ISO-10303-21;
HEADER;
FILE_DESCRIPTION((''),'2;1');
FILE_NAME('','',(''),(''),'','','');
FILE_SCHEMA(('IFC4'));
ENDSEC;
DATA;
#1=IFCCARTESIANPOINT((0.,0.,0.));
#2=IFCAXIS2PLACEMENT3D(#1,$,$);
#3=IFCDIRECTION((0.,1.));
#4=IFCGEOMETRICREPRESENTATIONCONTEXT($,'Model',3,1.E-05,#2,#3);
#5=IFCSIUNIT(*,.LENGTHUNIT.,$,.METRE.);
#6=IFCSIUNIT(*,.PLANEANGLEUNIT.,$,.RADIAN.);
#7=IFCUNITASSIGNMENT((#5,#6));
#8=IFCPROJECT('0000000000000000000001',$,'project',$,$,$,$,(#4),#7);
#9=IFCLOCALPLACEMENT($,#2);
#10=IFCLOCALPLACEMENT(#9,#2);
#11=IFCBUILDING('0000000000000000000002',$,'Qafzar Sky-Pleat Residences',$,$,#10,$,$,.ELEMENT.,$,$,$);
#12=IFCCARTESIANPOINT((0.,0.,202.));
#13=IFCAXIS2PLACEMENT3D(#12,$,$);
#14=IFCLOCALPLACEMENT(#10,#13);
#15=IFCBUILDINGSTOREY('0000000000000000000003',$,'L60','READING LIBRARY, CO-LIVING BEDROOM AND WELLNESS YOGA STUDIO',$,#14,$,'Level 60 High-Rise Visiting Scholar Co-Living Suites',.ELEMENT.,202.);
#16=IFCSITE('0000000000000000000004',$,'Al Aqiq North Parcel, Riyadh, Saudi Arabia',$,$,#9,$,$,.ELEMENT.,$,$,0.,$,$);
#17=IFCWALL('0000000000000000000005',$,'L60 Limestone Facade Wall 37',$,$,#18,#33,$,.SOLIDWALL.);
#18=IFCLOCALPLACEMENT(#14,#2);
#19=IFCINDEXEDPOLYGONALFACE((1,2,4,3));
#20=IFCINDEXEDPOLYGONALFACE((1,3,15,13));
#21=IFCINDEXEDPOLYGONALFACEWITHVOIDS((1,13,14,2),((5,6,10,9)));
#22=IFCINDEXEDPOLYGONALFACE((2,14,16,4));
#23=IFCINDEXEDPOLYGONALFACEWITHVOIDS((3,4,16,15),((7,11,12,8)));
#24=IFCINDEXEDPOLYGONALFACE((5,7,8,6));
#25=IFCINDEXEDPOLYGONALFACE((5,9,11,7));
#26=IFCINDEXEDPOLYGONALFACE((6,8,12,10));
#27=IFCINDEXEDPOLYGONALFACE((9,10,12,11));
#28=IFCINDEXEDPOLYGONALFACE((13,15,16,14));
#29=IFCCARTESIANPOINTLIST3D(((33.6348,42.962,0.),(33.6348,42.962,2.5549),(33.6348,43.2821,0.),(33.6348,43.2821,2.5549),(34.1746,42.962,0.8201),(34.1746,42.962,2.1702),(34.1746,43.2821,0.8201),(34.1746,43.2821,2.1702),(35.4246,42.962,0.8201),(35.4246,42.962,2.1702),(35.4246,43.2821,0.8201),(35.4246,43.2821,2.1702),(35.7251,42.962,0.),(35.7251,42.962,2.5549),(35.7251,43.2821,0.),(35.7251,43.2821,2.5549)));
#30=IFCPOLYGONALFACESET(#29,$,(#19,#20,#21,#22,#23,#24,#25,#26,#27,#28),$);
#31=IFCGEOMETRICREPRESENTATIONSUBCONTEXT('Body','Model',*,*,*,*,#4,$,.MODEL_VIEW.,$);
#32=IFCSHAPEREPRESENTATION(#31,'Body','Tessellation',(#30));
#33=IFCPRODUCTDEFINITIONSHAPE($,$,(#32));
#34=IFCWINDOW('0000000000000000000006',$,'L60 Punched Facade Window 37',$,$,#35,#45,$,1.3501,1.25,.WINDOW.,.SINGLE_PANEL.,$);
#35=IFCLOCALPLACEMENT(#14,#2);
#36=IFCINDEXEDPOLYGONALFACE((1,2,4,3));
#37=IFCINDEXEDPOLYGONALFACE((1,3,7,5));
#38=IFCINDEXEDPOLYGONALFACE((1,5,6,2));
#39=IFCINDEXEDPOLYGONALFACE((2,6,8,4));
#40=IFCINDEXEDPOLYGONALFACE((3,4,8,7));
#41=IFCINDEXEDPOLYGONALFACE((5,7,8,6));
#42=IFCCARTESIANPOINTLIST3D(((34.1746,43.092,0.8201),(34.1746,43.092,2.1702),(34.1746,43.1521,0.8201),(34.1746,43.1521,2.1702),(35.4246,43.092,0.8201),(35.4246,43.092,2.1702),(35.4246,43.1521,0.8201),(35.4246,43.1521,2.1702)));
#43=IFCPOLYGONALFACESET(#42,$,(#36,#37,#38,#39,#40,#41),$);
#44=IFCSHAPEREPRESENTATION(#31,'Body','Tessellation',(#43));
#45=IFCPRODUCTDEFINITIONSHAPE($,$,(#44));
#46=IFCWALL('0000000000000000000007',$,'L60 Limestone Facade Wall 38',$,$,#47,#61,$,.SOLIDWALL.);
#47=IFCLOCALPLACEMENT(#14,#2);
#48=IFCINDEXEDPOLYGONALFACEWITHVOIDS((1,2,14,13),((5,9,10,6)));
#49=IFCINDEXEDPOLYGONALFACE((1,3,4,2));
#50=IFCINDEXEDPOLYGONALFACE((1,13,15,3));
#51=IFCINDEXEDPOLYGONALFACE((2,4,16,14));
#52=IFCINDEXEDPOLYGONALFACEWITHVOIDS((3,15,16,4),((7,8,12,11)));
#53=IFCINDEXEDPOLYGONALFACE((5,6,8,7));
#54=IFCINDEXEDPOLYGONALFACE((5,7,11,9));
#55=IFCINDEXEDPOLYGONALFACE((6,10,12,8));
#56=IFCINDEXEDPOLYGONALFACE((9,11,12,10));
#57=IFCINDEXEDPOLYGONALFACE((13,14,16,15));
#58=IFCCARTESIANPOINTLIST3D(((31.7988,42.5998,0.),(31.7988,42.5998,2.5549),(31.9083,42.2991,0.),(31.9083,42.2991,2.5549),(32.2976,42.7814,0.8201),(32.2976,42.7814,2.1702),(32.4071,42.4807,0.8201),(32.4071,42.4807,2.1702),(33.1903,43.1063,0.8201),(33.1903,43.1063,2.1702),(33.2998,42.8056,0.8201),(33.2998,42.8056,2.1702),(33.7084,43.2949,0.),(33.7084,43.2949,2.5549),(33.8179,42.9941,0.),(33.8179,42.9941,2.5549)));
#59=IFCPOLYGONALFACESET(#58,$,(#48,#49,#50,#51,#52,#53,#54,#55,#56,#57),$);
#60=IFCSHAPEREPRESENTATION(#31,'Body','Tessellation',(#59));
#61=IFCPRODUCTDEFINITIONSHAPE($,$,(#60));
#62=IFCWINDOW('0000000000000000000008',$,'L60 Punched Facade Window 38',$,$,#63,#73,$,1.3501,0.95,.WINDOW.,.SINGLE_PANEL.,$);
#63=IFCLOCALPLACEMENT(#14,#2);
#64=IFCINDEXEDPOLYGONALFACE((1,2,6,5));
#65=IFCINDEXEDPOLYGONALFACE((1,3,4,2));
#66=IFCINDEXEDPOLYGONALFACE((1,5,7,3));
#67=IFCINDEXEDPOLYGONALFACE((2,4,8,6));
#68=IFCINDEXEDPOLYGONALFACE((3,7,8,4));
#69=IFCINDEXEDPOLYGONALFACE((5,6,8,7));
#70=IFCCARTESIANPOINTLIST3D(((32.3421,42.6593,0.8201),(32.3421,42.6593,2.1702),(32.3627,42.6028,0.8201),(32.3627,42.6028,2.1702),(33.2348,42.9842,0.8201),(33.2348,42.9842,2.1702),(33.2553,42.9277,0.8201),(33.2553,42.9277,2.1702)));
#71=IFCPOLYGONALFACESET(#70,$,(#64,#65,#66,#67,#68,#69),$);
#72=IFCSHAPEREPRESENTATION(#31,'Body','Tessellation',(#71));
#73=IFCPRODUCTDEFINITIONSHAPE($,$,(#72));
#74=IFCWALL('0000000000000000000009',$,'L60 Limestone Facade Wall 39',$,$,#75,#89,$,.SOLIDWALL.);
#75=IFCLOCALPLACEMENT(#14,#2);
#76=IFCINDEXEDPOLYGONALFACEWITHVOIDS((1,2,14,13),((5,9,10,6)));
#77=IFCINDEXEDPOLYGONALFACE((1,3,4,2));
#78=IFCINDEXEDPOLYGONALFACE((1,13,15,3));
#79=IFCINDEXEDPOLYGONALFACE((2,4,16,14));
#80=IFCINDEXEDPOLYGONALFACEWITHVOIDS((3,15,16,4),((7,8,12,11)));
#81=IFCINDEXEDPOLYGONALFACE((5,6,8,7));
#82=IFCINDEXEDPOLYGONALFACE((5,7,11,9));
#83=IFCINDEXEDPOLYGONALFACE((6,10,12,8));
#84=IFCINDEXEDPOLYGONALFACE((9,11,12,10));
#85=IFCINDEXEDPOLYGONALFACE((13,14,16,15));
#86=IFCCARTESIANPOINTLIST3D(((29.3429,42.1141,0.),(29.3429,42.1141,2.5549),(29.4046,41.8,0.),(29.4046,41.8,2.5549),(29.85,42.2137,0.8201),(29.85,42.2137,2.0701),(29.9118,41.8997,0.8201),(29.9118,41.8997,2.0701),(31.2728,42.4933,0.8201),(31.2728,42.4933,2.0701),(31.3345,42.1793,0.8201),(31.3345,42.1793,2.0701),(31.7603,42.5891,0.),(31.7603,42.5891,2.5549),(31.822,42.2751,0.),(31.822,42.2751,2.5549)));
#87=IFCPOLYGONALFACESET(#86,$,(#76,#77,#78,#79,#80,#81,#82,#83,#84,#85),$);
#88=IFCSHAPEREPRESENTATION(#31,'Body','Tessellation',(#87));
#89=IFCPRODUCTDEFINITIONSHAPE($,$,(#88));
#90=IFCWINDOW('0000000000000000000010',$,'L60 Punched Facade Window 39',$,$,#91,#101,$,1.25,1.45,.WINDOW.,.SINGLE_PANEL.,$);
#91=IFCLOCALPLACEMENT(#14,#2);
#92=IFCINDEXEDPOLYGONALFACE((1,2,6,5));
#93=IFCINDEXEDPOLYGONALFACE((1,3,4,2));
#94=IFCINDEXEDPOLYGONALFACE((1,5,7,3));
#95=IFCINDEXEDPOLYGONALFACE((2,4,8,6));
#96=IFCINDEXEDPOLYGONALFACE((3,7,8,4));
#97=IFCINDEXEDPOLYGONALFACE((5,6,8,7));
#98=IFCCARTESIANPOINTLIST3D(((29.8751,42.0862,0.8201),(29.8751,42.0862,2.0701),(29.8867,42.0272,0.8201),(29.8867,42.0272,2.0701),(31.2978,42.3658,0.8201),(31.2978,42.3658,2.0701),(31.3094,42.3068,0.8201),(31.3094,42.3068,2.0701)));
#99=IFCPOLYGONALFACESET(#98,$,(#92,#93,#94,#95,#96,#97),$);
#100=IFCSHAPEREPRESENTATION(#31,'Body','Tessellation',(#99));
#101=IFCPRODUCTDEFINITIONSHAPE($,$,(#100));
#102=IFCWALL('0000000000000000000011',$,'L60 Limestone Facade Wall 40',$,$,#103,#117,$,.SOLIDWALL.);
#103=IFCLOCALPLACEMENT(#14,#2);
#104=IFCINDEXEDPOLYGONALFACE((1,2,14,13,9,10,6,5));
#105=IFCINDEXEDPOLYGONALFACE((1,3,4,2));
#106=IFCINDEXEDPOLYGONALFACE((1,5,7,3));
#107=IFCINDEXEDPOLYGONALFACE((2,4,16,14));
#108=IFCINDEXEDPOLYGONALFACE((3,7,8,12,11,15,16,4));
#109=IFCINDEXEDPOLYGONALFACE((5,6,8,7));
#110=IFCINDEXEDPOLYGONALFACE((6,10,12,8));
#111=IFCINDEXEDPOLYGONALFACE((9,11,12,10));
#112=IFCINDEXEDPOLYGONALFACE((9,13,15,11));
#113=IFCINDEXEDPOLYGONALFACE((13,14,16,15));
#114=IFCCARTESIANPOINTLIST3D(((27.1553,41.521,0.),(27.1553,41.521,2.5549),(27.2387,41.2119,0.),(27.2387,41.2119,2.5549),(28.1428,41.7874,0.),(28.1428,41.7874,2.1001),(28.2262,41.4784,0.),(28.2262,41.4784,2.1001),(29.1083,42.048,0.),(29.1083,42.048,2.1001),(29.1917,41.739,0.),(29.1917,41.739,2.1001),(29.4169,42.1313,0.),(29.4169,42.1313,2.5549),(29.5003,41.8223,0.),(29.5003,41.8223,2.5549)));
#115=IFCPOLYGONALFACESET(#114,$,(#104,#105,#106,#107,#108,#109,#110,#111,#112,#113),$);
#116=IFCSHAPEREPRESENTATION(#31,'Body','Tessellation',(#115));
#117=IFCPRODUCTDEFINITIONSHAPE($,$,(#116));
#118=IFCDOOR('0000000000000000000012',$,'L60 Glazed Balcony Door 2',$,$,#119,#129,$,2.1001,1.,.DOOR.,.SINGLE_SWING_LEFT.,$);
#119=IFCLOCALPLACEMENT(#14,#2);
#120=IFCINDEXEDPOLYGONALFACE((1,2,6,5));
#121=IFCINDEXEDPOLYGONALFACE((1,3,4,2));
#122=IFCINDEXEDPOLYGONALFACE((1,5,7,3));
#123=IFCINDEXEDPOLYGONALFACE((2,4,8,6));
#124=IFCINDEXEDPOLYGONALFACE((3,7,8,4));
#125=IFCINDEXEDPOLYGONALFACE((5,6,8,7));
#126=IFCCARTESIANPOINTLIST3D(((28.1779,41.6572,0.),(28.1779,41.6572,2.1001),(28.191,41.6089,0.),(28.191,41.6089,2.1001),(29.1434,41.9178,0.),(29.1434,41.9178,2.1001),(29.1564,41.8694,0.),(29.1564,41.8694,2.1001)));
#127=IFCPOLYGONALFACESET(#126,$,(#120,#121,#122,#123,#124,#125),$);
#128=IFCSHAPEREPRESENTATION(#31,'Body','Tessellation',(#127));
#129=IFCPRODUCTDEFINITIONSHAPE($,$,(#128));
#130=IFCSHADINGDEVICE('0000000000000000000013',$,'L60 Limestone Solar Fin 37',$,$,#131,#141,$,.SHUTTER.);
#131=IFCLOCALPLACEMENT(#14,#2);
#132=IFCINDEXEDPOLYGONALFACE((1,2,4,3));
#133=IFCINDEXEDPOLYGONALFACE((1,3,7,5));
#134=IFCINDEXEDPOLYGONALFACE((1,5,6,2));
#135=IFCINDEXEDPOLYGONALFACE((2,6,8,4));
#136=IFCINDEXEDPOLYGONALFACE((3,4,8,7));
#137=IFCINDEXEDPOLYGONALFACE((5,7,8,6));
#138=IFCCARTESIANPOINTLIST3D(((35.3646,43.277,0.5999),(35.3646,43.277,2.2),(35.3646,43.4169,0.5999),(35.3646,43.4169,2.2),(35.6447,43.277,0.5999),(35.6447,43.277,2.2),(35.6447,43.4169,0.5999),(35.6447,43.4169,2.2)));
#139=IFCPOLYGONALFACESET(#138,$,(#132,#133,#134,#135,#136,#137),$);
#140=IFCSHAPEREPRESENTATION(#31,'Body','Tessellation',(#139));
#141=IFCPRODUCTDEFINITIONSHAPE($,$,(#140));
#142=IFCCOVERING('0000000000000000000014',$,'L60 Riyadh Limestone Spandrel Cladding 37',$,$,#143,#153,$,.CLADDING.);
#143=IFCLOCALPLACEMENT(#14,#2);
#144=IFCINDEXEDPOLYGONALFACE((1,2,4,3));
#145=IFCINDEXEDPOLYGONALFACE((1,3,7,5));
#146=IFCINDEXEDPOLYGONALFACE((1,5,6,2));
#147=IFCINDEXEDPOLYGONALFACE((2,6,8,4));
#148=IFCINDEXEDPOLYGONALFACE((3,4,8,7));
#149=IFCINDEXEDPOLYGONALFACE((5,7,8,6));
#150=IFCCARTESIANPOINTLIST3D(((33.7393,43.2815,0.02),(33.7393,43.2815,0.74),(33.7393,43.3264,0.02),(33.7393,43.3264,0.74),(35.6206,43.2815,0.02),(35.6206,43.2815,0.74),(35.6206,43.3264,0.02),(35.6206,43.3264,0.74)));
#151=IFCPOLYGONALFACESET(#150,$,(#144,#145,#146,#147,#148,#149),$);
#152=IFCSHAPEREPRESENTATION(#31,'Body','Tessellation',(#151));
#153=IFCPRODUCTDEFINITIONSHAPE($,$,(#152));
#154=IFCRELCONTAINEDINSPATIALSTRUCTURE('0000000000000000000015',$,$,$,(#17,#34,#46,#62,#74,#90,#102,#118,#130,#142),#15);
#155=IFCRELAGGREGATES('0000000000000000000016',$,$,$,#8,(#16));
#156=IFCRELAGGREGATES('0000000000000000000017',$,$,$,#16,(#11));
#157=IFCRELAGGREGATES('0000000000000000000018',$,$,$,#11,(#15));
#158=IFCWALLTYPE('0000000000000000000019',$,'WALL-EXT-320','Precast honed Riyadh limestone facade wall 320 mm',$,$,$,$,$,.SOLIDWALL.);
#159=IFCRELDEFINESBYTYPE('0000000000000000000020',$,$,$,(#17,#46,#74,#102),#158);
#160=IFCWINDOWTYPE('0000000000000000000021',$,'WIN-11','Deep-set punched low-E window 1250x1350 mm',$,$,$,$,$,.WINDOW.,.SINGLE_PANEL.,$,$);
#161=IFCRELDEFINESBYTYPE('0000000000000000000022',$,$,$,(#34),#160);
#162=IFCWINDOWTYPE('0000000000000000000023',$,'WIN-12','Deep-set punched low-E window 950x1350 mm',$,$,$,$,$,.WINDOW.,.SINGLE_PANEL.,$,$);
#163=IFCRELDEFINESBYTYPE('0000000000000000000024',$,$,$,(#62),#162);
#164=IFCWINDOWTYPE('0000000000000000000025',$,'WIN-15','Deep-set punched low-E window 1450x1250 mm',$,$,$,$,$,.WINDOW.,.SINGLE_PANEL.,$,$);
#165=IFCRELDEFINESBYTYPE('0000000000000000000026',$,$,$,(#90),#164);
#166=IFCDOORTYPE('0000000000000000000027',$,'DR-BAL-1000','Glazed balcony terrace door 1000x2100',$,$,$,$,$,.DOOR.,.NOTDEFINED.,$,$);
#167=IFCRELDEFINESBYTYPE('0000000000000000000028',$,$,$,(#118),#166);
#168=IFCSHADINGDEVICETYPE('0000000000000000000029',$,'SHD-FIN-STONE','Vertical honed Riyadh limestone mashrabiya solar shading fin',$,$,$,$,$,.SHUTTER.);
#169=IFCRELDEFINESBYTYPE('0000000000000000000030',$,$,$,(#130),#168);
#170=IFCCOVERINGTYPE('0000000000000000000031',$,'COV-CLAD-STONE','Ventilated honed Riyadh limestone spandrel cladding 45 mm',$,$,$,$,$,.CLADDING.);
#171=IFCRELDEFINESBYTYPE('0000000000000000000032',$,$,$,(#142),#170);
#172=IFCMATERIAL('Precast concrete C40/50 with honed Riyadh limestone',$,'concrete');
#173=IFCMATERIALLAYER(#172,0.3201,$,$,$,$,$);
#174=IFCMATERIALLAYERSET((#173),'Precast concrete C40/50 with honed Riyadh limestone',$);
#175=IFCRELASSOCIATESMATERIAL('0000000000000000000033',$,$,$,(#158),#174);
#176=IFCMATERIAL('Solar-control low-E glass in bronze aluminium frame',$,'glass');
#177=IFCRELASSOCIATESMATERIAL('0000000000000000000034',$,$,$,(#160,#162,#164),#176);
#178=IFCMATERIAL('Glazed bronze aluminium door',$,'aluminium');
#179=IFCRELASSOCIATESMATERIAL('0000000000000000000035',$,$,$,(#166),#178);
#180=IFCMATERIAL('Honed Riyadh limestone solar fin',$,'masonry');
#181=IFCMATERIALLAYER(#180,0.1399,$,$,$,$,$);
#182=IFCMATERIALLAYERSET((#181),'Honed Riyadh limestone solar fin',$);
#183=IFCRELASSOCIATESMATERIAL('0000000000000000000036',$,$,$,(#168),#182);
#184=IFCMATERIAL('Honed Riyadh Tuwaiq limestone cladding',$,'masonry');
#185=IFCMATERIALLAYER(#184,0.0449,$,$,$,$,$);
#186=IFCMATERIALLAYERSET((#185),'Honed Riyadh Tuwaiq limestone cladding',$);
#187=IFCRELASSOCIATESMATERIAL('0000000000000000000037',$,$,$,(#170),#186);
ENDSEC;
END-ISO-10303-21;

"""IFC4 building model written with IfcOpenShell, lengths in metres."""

from ifc_helpers import new_model, si_unit, direction, frame, frame_2d, origin, origin_2d, place, context, subcontext, project, spatial, rectangle, extrude, source, transform, mapped, material, layer, layer_set, type_object, element, fill, save


model = new_model("IFC4")

# Units and contexts
model_context = context("Model", 3, precision=1e-05, world=origin(), true_north=direction((0.0, 1.0)))
body_context = subcontext(model_context, "Body", "Model", "MODEL_VIEW")
ifc_project = project(units=[si_unit("LENGTHUNIT", "METRE"), si_unit("PLANEANGLEUNIT", "RADIAN")], contexts=[model_context])

# Site, building, storey
site_placement = place(None, origin())
site = spatial("IfcSite", under=ifc_project, at=site_placement, Name="Al Aqiq North Parcel, Riyadh, Saudi Arabia", CompositionType="ELEMENT", RefElevation=0.0)
building_placement = place(site_placement, origin())
building = spatial("IfcBuilding", under=site, at=building_placement, Name="Qafzar Sky-Pleat Residences", CompositionType="ELEMENT")
storey_placement = place(building_placement, frame((0.0, 0.0, 202.0)))
storey = spatial("IfcBuildingStorey", under=building, at=storey_placement, Name="L60", Description="READING LIBRARY, CO-LIVING BEDROOM AND WELLNESS YOGA STUDIO", LongName="Level 60 High-Rise Visiting Scholar Co-Living Suites", CompositionType="ELEMENT", Elevation=202.0)

# Walls, openings, windows
ifc_material_1 = material(Name="Precast concrete C40/50 with honed Riyadh limestone", Category="concrete")
ifc_layer_1 = layer(ifc_material_1, 0.3201)
ifc_layer_set_1 = layer_set([ifc_layer_1], Name="Precast concrete C40/50 with honed Riyadh limestone")
wall_type_1 = type_object("IfcWallType", Name="WALL-EXT-320", Description="Precast honed Riyadh limestone facade wall 320 mm", PredefinedType="SOLIDWALL", material=ifc_layer_set_1)
ifc_material_2 = material(Name="Solar-control low-E glass in bronze aluminium frame", Category="glass")
wall_1_placement = place(storey_placement, frame((35.7251, 43.1221, 0.0), z_axis=(0.0, 0.0, 1.0), x_axis=(-1.0, 0.0, 0.0)))
wall_1 = element("IfcWall", 1, at=wall_1_placement, inside=storey, type_object=wall_type_1, Name="L60 Limestone Facade Wall 37", PredefinedType="SOLIDWALL", context=body_context, shape_type="SweptSolid", body=[
    extrude(rectangle(XDim=2.0903, YDim=0.3201, at=frame_2d((1.0452, 0.0))), origin(), (0.0, 0.0, 1.0), 2.5549),
])
opening_1_placement = place(wall_1_placement, frame((0.3005, 0.0, 0.8201)))
opening_1 = element("IfcOpeningElement", 2, at=opening_1_placement, cuts=wall_1, PredefinedType="OPENING", context=body_context, shape_type="SweptSolid", body=[
    extrude(rectangle(XDim=1.25, YDim=1.3501, at=frame_2d((0.625, 0.675))), frame((0.0, 0.1699, 0.0), z_axis=(0.0, -1.0, 0.0), x_axis=(1.0, 0.0, 0.0)), (0.0, 0.0, 1.0), 0.3401),
])
window_type_1 = type_object("IfcWindowType", Name="WIN-11", Description="Deep-set punched low-E window 1250x1350 mm", PartitioningType="SINGLE_PANEL", PredefinedType="WINDOW", material=ifc_material_2)
shared_shape_1 = source(origin(), body_context, "Body", "SweptSolid", [
    extrude(rectangle(XDim=1.25, YDim=1.3501, at=frame_2d((0.625, 0.675))), frame((0.0, 0.03, 0.0), z_axis=(0.0, -1.0, 0.0), x_axis=(1.0, 0.0, 0.0)), (0.0, 0.0, 1.0), 0.0601),
])
window_1_placement = place(opening_1_placement, origin())
window_1 = element("IfcWindow", 3, at=window_1_placement, inside=storey, type_object=window_type_1, Name="L60 Punched Facade Window 37", OverallHeight=1.3501, OverallWidth=1.25, PartitioningType="SINGLE_PANEL", PredefinedType="WINDOW", context=body_context, shape_type="MappedRepresentation", body=[
    mapped(shared_shape_1, transform((0.0, 0.0, 0.0), x_axis=(1.0, 0.0, 0.0), y_axis=(0.0, 1.0, 0.0), z_axis=(0.0, 0.0, 1.0), scale=1.0)),
])
fill(opening_1, window_1)
wall_2_placement = place(storey_placement, frame((33.7632, 43.1445, 0.0), z_axis=(0.0, 0.0, 1.0), x_axis=(-0.939692, -0.342023, 0.0)))
wall_2 = element("IfcWall", 4, at=wall_2_placement, inside=storey, type_object=wall_type_1, Name="L60 Limestone Facade Wall 38", PredefinedType="SOLIDWALL", context=body_context, shape_type="SweptSolid", body=[
    extrude(rectangle(XDim=2.0322, YDim=0.3201, at=frame_2d((1.0161, 0.0))), origin(), (0.0, 0.0, 1.0), 2.5549),
])
opening_2_placement = place(wall_2_placement, frame((0.5513, 0.0, 0.8201)))
opening_2 = element("IfcOpeningElement", 5, at=opening_2_placement, cuts=wall_2, PredefinedType="OPENING", context=body_context, shape_type="SweptSolid", body=[
    extrude(rectangle(XDim=0.95, YDim=1.3501, at=frame_2d((0.4751, 0.675))), frame((0.0, 0.1699, 0.0), z_axis=(0.0, -1.0, 0.0), x_axis=(1.0, 0.0, 0.0)), (0.0, 0.0, 1.0), 0.3401),
])
window_type_2 = type_object("IfcWindowType", Name="WIN-12", Description="Deep-set punched low-E window 950x1350 mm", PartitioningType="SINGLE_PANEL", PredefinedType="WINDOW", material=ifc_material_2)
shared_shape_2 = source(origin(), body_context, "Body", "SweptSolid", [
    extrude(rectangle(XDim=0.95, YDim=1.3501, at=frame_2d((0.4751, 0.675))), frame((0.0, 0.03, 0.0), z_axis=(0.0, -1.0, 0.0), x_axis=(1.0, 0.0, 0.0)), (0.0, 0.0, 1.0), 0.0601),
])
window_2_placement = place(opening_2_placement, origin())
window_2 = element("IfcWindow", 6, at=window_2_placement, inside=storey, type_object=window_type_2, Name="L60 Punched Facade Window 38", OverallHeight=1.3501, OverallWidth=0.95, PartitioningType="SINGLE_PANEL", PredefinedType="WINDOW", context=body_context, shape_type="MappedRepresentation", body=[
    mapped(shared_shape_2, transform((0.0, 0.0, 0.0), x_axis=(1.0, 0.0, 0.0), y_axis=(0.0, 1.0, 0.0), z_axis=(0.0, 0.0, 1.0), scale=1.0)),
])
fill(opening_2, window_2)
wall_3_placement = place(storey_placement, frame((31.7913, 42.4321, 0.0), z_axis=(0.0, 0.0, 1.0), x_axis=(-0.981231, -0.192837, 0.0)))
wall_3 = element("IfcWall", 7, at=wall_3_placement, inside=storey, type_object=wall_type_1, Name="L60 Limestone Facade Wall 39", PredefinedType="SOLIDWALL", context=body_context, shape_type="SweptSolid", body=[
    extrude(rectangle(XDim=2.4636, YDim=0.3201, at=frame_2d((1.2319, 0.0))), origin(), (0.0, 0.0, 1.0), 2.5549),
])
opening_3_placement = place(wall_3_placement, frame((0.4968, 0.0, 0.8201)))
opening_3 = element("IfcOpeningElement", 8, at=opening_3_placement, cuts=wall_3, PredefinedType="OPENING", context=body_context, shape_type="SweptSolid", body=[
    extrude(rectangle(XDim=1.45, YDim=1.25, at=frame_2d((0.7251, 0.625))), frame((0.0, 0.1699, 0.0), z_axis=(0.0, -1.0, 0.0), x_axis=(1.0, 0.0, 0.0)), (0.0, 0.0, 1.0), 0.3401),
])
window_type_3 = type_object("IfcWindowType", Name="WIN-15", Description="Deep-set punched low-E window 1450x1250 mm", PartitioningType="SINGLE_PANEL", PredefinedType="WINDOW", material=ifc_material_2)
shared_shape_3 = source(origin(), body_context, "Body", "SweptSolid", [
    extrude(rectangle(XDim=1.45, YDim=1.25, at=frame_2d((0.7251, 0.625))), frame((0.0, 0.03, 0.0), z_axis=(0.0, -1.0, 0.0), x_axis=(1.0, 0.0, 0.0)), (0.0, 0.0, 1.0), 0.0601),
])
window_3_placement = place(opening_3_placement, origin())
window_3 = element("IfcWindow", 9, at=window_3_placement, inside=storey, type_object=window_type_3, Name="L60 Punched Facade Window 39", OverallHeight=1.25, OverallWidth=1.45, PartitioningType="SINGLE_PANEL", PredefinedType="WINDOW", context=body_context, shape_type="MappedRepresentation", body=[
    mapped(shared_shape_3, transform((0.0, 0.0, 0.0), x_axis=(1.0, 0.0, 0.0), y_axis=(0.0, 1.0, 0.0), z_axis=(0.0, 0.0, 1.0), scale=1.0)),
])
fill(opening_3, window_3)

# Wall, opening, door
wall_4_placement = place(storey_placement, frame((29.4587, 41.9768, 0.0), z_axis=(0.0, 0.0, 1.0), x_axis=(-0.965463, -0.260542, 0.0)))
wall_4 = element("IfcWall", 10, at=wall_4_placement, inside=storey, type_object=wall_type_1, Name="L60 Limestone Facade Wall 40", PredefinedType="SOLIDWALL", context=body_context, shape_type="SweptSolid", body=[
    extrude(rectangle(XDim=2.3425, YDim=0.3201, at=frame_2d((1.1714, 0.0))), origin(), (0.0, 0.0, 1.0), 2.5549),
])
opening_4_placement = place(wall_4_placement, frame((0.3198, 0.0, 0.0)))
opening_4 = element("IfcOpeningElement", 11, at=opening_4_placement, cuts=wall_4, PredefinedType="OPENING", context=body_context, shape_type="SweptSolid", body=[
    extrude(rectangle(XDim=1.0, YDim=2.1001, at=frame_2d((0.5, 1.05))), frame((0.0, 0.1699, 0.0), z_axis=(0.0, -1.0, 0.0), x_axis=(1.0, 0.0, 0.0)), (0.0, 0.0, 1.0), 0.3401),
])
ifc_material_3 = material(Name="Glazed bronze aluminium door", Category="aluminium")
door_type_1 = type_object("IfcDoorType", Name="DR-BAL-1000", Description="Glazed balcony terrace door 1000x2100", OperationType="NOTDEFINED", PredefinedType="DOOR", material=ifc_material_3)
shared_shape_4 = source(origin(), body_context, "Body", "SweptSolid", [
    extrude(rectangle(XDim=1.0, YDim=2.1001, at=frame_2d((0.5, 1.05))), frame((0.0, 0.0249, 0.0), z_axis=(0.0, -1.0, 0.0), x_axis=(1.0, 0.0, 0.0)), (0.0, 0.0, 1.0), 0.05),
])
door_1_placement = place(opening_4_placement, origin())
door_1 = element("IfcDoor", 12, at=door_1_placement, inside=storey, type_object=door_type_1, Name="L60 Glazed Balcony Door 2", OperationType="SINGLE_SWING_LEFT", OverallHeight=2.1001, OverallWidth=1.0, PredefinedType="DOOR", context=body_context, shape_type="MappedRepresentation", body=[
    mapped(shared_shape_4, transform((0.0, 0.0, 0.0), x_axis=(1.0, 0.0, 0.0), y_axis=(0.0, 1.0, 0.0), z_axis=(0.0, 0.0, 1.0), scale=1.0)),
])
fill(opening_4, door_1)

# Shading device
ifc_material_4 = material(Name="Honed Riyadh limestone solar fin", Category="masonry")
ifc_layer_2 = layer(ifc_material_4, 0.1399)
ifc_layer_set_2 = layer_set([ifc_layer_2], Name="Honed Riyadh limestone solar fin")
shading_device_type = type_object("IfcShadingDeviceType", Name="SHD-FIN-STONE", Description="Vertical honed Riyadh limestone mashrabiya solar shading fin", PredefinedType="SHUTTER", material=ifc_layer_set_2)
shared_shape_5 = source(origin(), body_context, "Body", "SweptSolid", [
    extrude(rectangle(XDim=0.1399, YDim=0.28, at=origin_2d()), origin(), (0.0, 0.0, 1.0), 1.6001),
])
shading_device_placement = place(storey_placement, frame((35.5046, 43.3469, 0.5999), z_axis=(0.0, 0.0, 1.0), x_axis=(0.0, 1.0, 0.0)))
element("IfcShadingDevice", 13, at=shading_device_placement, inside=storey, type_object=shading_device_type, Name="L60 Limestone Solar Fin 37", PredefinedType="SHUTTER", context=body_context, shape_type="MappedRepresentation", body=[
    mapped(shared_shape_5, transform((0.0, 0.0, 0.0), x_axis=(1.0, 0.0, 0.0), y_axis=(0.0, 1.0, 0.0), z_axis=(0.0, 0.0, 1.0), scale=1.0)),
])

# Covering
ifc_material_5 = material(Name="Honed Riyadh Tuwaiq limestone cladding", Category="masonry")
ifc_layer_3 = layer(ifc_material_5, 0.0449)
ifc_layer_set_3 = layer_set([ifc_layer_3], Name="Honed Riyadh Tuwaiq limestone cladding")
covering_type = type_object("IfcCoveringType", Name="COV-CLAD-STONE", Description="Ventilated honed Riyadh limestone spandrel cladding 45 mm", PredefinedType="CLADDING", material=ifc_layer_set_3)
shared_shape_6 = source(origin(), body_context, "Body", "SweptSolid", [
    extrude(rectangle(XDim=1.8813, YDim=0.0449, at=origin_2d()), origin(), (0.0, 0.0, 1.0), 0.72),
])
covering_placement = place(storey_placement, frame((34.6799, 43.304, 0.02), z_axis=(0.0, 0.0, 1.0), x_axis=(-1.0, 0.0, 0.0)))
element("IfcCovering", 14, at=covering_placement, inside=storey, type_object=covering_type, Name="L60 Riyadh Limestone Spandrel Cladding 37", PredefinedType="CLADDING", context=body_context, shape_type="MappedRepresentation", body=[
    mapped(shared_shape_6, transform((0.0, 0.0, 0.0), x_axis=(1.0, 0.0, 0.0), y_axis=(0.0, 1.0, 0.0), z_axis=(0.0, 0.0, 1.0), scale=1.0)),
])

save(model, "model.ifc")
